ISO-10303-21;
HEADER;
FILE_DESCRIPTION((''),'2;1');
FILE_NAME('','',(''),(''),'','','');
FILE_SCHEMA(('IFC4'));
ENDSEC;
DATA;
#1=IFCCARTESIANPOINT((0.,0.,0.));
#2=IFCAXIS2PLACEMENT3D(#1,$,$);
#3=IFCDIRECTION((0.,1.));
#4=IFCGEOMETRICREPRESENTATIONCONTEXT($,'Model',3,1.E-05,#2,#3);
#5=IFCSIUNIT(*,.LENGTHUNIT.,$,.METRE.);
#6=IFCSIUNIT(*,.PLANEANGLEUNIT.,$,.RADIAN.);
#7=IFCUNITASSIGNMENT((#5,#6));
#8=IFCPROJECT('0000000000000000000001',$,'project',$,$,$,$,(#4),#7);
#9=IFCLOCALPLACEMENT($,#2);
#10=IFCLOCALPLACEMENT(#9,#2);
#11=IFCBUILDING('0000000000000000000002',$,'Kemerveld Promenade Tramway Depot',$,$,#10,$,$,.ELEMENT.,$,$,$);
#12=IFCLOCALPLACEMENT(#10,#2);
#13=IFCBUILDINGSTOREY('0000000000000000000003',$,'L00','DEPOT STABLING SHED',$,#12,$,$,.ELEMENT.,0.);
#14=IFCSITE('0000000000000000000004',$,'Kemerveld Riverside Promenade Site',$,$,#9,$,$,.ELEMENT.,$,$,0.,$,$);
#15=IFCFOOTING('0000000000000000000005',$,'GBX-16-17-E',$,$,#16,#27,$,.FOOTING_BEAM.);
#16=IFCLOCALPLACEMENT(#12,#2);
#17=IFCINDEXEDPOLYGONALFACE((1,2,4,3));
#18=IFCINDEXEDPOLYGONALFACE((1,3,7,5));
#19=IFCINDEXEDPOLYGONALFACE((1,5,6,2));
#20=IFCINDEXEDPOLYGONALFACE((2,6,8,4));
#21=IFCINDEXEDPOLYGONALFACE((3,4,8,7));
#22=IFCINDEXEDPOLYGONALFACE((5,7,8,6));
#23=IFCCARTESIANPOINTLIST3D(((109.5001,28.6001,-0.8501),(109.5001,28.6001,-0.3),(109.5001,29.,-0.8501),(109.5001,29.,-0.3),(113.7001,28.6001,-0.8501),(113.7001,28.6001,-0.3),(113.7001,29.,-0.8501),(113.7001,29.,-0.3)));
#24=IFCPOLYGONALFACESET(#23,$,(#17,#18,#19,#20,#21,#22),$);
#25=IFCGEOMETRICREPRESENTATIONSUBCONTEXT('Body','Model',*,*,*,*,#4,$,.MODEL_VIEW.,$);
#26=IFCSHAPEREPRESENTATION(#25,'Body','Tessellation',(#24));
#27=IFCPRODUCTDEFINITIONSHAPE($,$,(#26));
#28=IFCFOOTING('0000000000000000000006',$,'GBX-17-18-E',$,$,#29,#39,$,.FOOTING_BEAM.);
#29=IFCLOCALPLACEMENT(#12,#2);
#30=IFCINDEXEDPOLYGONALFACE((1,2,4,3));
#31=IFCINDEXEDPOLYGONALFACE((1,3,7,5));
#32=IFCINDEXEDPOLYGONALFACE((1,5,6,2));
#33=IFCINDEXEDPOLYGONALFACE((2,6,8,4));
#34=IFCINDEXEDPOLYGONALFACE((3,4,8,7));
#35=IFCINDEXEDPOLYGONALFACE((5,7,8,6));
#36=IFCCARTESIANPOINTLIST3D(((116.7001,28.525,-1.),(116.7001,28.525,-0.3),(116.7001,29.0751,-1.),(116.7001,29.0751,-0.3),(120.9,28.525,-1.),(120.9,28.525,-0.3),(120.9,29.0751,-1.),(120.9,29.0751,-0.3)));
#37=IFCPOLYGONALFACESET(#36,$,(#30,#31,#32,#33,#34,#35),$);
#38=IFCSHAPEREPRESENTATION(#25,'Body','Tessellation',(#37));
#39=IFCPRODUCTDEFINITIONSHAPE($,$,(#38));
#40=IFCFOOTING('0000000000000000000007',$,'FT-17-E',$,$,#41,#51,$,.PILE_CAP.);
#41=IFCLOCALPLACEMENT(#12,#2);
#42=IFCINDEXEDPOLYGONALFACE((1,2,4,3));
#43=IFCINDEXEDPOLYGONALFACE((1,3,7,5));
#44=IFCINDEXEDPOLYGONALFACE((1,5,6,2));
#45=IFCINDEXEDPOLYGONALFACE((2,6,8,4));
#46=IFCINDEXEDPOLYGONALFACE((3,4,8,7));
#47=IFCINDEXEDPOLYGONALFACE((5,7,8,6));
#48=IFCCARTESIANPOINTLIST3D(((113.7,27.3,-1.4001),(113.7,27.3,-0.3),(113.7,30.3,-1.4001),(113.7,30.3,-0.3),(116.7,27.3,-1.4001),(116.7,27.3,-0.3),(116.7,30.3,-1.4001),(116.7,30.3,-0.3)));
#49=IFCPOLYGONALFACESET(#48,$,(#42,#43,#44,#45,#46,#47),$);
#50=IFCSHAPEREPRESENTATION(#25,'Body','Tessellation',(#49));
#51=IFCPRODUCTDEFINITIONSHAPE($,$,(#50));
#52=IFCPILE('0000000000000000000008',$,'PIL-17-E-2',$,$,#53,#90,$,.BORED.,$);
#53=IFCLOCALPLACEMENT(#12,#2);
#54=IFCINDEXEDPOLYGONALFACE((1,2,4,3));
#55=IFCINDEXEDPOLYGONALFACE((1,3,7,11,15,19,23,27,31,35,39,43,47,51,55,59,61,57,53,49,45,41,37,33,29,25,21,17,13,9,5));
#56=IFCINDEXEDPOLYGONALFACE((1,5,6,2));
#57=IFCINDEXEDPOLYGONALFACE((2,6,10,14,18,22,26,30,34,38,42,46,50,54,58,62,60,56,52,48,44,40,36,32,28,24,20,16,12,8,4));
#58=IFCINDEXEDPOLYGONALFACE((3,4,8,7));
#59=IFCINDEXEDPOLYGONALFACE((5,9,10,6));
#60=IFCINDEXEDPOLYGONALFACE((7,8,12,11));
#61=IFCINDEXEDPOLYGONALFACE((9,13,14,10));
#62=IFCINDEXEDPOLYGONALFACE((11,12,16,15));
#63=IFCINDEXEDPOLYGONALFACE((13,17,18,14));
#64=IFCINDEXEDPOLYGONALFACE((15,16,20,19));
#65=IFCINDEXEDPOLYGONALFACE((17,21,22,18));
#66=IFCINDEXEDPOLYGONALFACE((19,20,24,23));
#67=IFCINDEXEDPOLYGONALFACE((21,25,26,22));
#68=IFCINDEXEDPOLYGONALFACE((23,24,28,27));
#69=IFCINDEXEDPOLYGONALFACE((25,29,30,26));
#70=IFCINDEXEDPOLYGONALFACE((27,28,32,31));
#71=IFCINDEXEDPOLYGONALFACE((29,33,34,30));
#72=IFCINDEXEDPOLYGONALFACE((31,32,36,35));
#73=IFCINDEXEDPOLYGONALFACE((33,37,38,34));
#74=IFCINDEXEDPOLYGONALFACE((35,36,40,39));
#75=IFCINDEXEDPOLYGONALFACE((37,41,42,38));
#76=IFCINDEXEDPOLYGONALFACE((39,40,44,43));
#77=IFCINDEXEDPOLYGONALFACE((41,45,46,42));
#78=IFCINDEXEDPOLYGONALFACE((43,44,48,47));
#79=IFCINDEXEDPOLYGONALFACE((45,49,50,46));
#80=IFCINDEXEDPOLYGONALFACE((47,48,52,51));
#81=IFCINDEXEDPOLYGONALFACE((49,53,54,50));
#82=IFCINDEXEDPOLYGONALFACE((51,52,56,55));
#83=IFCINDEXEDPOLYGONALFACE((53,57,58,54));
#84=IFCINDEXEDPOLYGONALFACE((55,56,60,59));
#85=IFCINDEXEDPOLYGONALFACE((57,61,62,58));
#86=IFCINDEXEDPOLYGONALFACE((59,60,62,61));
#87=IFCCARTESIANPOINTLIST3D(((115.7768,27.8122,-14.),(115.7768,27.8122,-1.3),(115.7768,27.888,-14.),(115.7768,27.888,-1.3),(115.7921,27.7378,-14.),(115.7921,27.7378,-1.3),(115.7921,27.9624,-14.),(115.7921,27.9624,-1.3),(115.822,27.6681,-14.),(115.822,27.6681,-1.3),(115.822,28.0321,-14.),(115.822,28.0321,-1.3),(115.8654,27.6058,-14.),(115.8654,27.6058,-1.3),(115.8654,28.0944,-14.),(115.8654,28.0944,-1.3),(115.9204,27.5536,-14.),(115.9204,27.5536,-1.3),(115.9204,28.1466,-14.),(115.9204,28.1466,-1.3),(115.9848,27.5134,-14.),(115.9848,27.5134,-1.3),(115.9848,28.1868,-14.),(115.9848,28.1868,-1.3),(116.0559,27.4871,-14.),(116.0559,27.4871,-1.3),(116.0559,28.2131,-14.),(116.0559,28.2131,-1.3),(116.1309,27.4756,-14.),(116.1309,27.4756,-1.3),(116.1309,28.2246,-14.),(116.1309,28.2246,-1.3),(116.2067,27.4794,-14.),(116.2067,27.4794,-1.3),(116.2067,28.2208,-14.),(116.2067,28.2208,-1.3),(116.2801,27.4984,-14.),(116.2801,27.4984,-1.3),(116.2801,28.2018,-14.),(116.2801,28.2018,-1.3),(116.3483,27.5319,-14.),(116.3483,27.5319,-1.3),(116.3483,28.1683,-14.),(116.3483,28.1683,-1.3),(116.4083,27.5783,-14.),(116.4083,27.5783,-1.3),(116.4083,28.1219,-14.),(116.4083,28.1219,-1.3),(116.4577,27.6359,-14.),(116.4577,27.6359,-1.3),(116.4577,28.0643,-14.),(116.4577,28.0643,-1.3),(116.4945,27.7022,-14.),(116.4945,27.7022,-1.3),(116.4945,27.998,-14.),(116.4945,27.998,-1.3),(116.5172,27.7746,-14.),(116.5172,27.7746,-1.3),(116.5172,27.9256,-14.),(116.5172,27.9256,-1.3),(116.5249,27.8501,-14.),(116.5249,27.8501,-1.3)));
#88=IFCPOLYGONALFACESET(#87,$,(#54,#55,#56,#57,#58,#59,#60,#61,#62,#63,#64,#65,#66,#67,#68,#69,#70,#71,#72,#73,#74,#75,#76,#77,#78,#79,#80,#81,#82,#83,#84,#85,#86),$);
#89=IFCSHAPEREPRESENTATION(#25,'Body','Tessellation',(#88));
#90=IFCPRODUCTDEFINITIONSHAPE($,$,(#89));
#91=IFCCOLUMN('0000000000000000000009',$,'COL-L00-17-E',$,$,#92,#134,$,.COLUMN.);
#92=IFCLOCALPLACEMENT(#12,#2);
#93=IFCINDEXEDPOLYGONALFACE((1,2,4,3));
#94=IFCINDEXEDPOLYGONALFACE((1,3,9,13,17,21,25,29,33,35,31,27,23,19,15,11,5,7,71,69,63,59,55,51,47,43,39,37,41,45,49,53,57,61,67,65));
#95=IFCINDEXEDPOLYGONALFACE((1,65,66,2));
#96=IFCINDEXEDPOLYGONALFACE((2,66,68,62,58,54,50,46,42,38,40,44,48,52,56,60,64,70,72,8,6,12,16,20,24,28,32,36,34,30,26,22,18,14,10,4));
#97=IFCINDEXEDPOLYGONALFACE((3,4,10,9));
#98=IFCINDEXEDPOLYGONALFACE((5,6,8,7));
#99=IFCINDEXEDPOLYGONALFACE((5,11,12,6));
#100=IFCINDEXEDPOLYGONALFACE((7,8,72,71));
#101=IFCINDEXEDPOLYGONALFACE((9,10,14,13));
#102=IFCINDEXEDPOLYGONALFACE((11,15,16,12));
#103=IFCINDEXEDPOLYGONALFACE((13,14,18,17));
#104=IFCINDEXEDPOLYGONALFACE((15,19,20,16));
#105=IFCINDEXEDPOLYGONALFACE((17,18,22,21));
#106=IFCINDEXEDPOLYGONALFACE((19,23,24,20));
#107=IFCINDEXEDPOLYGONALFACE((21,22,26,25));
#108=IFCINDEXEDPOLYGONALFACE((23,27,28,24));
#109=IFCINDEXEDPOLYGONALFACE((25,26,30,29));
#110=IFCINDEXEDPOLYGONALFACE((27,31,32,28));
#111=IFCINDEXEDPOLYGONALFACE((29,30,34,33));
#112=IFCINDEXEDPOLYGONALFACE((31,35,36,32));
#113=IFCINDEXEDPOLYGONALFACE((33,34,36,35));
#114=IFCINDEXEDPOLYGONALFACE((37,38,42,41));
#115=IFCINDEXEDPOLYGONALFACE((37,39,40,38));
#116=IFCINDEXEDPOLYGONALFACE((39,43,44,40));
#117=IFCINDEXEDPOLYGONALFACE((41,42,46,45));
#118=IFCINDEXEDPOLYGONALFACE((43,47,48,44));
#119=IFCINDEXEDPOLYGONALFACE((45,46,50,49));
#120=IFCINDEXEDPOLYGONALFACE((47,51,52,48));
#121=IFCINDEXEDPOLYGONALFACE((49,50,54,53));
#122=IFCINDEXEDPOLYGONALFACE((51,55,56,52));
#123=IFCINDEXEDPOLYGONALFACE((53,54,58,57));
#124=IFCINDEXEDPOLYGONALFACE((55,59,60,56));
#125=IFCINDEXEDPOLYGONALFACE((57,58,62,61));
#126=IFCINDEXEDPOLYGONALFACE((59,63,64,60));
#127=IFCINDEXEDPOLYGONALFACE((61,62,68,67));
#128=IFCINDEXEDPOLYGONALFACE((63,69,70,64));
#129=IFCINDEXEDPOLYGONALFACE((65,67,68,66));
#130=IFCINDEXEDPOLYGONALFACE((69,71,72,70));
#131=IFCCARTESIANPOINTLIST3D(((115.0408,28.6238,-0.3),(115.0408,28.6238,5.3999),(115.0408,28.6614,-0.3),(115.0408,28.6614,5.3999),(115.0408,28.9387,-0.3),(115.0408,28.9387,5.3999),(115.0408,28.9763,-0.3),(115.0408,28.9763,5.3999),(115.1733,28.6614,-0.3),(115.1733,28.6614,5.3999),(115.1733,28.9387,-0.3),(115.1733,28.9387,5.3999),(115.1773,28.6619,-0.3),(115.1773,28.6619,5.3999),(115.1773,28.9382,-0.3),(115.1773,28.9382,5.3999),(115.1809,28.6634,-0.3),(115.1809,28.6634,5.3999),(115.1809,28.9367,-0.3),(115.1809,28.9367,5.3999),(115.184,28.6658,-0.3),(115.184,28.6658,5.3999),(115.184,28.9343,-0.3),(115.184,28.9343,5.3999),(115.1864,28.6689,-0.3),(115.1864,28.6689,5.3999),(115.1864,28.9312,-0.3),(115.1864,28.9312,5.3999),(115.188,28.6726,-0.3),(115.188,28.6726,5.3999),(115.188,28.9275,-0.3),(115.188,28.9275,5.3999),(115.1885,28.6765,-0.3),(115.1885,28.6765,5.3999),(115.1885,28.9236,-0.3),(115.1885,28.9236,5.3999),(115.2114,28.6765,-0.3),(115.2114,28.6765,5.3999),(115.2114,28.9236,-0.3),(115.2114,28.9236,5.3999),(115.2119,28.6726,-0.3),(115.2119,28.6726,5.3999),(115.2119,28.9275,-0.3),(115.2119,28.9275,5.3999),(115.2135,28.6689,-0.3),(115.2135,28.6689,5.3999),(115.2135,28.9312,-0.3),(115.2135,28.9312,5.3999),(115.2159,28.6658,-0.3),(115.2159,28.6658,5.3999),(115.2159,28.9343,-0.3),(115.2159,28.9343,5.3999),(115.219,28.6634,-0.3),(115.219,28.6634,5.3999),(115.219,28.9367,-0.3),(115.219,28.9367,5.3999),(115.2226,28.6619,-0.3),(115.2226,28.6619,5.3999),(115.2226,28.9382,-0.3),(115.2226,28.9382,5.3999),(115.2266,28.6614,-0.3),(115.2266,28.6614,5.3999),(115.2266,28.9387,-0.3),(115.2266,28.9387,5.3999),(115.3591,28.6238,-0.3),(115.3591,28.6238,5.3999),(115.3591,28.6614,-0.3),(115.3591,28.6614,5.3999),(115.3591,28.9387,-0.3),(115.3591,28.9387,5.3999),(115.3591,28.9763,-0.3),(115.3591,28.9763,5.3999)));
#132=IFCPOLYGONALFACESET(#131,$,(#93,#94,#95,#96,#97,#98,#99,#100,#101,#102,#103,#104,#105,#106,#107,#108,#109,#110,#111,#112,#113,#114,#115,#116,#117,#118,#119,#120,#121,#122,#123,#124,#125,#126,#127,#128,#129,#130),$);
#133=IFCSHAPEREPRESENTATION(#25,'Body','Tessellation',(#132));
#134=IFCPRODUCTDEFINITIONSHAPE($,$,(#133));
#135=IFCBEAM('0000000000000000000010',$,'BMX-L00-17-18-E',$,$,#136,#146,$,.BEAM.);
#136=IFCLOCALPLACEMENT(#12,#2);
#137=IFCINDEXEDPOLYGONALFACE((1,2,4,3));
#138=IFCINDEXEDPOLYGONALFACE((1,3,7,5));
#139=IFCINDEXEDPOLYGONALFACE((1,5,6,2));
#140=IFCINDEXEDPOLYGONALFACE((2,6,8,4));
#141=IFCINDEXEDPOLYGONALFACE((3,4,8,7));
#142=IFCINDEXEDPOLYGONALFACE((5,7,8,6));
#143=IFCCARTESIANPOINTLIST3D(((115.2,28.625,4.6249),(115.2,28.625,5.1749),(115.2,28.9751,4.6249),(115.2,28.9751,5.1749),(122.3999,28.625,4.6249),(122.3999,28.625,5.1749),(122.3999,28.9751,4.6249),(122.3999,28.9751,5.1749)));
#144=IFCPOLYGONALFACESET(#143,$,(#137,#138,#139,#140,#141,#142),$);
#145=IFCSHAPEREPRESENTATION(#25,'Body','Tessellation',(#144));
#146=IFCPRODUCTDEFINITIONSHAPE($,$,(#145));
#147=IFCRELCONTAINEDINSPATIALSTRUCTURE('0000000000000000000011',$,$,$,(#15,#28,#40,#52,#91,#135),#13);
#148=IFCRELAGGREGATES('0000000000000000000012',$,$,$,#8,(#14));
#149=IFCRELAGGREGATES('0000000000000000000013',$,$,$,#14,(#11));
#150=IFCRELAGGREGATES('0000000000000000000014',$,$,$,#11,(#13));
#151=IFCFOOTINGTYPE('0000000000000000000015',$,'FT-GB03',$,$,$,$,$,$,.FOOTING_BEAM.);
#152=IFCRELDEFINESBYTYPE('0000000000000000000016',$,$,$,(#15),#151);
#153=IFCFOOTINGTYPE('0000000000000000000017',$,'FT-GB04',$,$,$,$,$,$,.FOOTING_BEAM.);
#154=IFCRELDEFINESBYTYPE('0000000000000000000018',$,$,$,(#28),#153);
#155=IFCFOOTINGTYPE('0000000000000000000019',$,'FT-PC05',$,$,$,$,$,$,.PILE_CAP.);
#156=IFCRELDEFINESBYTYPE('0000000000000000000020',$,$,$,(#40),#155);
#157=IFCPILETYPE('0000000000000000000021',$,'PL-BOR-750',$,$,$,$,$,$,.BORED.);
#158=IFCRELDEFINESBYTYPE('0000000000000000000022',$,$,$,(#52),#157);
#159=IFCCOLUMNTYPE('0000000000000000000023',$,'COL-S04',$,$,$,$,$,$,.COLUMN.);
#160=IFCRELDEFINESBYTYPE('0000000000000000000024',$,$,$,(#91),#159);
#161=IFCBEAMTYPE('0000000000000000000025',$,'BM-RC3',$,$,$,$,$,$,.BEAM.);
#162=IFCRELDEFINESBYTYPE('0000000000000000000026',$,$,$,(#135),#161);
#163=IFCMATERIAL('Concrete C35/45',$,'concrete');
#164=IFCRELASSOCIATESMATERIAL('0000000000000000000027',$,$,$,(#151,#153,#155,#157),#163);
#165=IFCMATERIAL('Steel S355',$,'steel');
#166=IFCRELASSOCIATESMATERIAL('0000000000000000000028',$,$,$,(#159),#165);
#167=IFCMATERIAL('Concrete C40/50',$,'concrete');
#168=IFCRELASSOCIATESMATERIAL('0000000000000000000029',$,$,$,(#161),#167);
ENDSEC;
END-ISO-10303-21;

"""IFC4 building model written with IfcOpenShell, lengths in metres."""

from ifc_helpers import new_model, si_unit, direction, frame, origin, origin_2d, place, context, subcontext, project, spatial, rectangle, circle, i_section, extrude, material, material_profile, profile_set, type_object, element, save


model = new_model("IFC4")

# Units and contexts
model_context = context("Model", 3, precision=1e-05, world=origin(), true_north=direction((0.0, 1.0)))
body_context = subcontext(model_context, "Body", "Model", "MODEL_VIEW")
ifc_project = project(units=[si_unit("LENGTHUNIT", "METRE"), si_unit("PLANEANGLEUNIT", "RADIAN")], contexts=[model_context])

# Site, building, storey
site_placement = place(None, origin())
site = spatial("IfcSite", under=ifc_project, at=site_placement, Name="Kemerveld Riverside Promenade Site", CompositionType="ELEMENT", RefElevation=0.0)
building_placement = place(site_placement, origin())
building = spatial("IfcBuilding", under=site, at=building_placement, Name="Kemerveld Promenade Tramway Depot", CompositionType="ELEMENT")
storey_placement = place(building_placement, origin())
storey = spatial("IfcBuildingStorey", under=building, at=storey_placement, Name="L00", Description="DEPOT STABLING SHED", CompositionType="ELEMENT", Elevation=0.0)

# Footings
ifc_material_1 = material(Name="Concrete C35/45", Category="concrete")
footing_type_1 = type_object("IfcFootingType", Name="FT-GB03", PredefinedType="FOOTING_BEAM", material=ifc_material_1)
footing_1_placement = place(storey_placement, frame((111.6001, 28.8, -0.8501), z_axis=(0.0, 0.0, 1.0), x_axis=(1.0, 0.0, 0.0)))
element("IfcFooting", 1, at=footing_1_placement, inside=storey, type_object=footing_type_1, Name="GBX-16-17-E", PredefinedType="FOOTING_BEAM", context=body_context, shape_type="SweptSolid", body=[
    extrude(rectangle(XDim=4.2, YDim=0.3999, at=origin_2d()), origin(), (0.0, 0.0, 1.0), 0.55),
])
footing_type_2 = type_object("IfcFootingType", Name="FT-GB04", PredefinedType="FOOTING_BEAM", material=ifc_material_1)
footing_2_placement = place(storey_placement, frame((118.8, 28.8, -1.0), z_axis=(0.0, 0.0, 1.0), x_axis=(1.0, 0.0, 0.0)))
element("IfcFooting", 2, at=footing_2_placement, inside=storey, type_object=footing_type_2, Name="GBX-17-18-E", PredefinedType="FOOTING_BEAM", context=body_context, shape_type="SweptSolid", body=[
    extrude(rectangle(XDim=4.2, YDim=0.55, at=origin_2d()), origin(), (0.0, 0.0, 1.0), 0.7),
])
footing_type_3 = type_object("IfcFootingType", Name="FT-PC05", PredefinedType="PILE_CAP", material=ifc_material_1)
footing_3_placement = place(storey_placement, frame((115.2, 28.8, -1.4001), z_axis=(0.0, 0.0, 1.0), x_axis=(1.0, 0.0, 0.0)))
element("IfcFooting", 3, at=footing_3_placement, inside=storey, type_object=footing_type_3, Name="FT-17-E", PredefinedType="PILE_CAP", context=body_context, shape_type="SweptSolid", body=[
    extrude(rectangle(XDim=3.0, YDim=3.0, at=origin_2d()), origin(), (0.0, 0.0, 1.0), 1.1001),
])

# Pile
ifc_material_profile_1 = material_profile(ifc_material_1, circle(Radius=0.375, at=origin_2d()), Name="PILE-D750")
ifc_profile_set_1 = profile_set([ifc_material_profile_1], Name="Concrete C35/45")
pile_type = type_object("IfcPileType", Name="PL-BOR-750", PredefinedType="BORED", material=ifc_profile_set_1)
pile_placement = place(storey_placement, frame((116.1499, 27.8501, -1.3), z_axis=(0.0, 0.0, -1.0), x_axis=(1.0, 0.0, 0.0)))
element("IfcPile", 4, at=pile_placement, inside=storey, type_object=pile_type, Name="PIL-17-E-2", PredefinedType="BORED", context=body_context, shape_type="SweptSolid", body=[
    extrude(circle(Radius=0.375, at=origin_2d()), origin(), (0.0, 0.0, 1.0), 12.7),
])

# Column
ifc_material_2 = material(Name="Steel S355", Category="steel")
ifc_material_profile_2 = material_profile(ifc_material_2, i_section(OverallWidth=0.3184, OverallDepth=0.3525, WebThickness=0.0229, FlangeThickness=0.0376, FilletRadius=0.0151, at=origin_2d()), Name="305x305x240 UC")
ifc_profile_set_2 = profile_set([ifc_material_profile_2], Name="Steel S355")
column_type = type_object("IfcColumnType", Name="COL-S04", PredefinedType="COLUMN", material=ifc_profile_set_2)
column_placement = place(storey_placement, frame((115.2, 28.8, -0.3), z_axis=(0.0, 0.0, 1.0), x_axis=(1.0, 0.0, 0.0)))
element("IfcColumn", 5, at=column_placement, inside=storey, type_object=column_type, Name="COL-L00-17-E", PredefinedType="COLUMN", context=body_context, shape_type="SweptSolid", body=[
    extrude(i_section(OverallWidth=0.3184, OverallDepth=0.3525, WebThickness=0.0229, FlangeThickness=0.0376, FilletRadius=0.0151, at=origin_2d()), origin(), (0.0, 0.0, 1.0), 5.7),
])

# Beam
ifc_material_3 = material(Name="Concrete C40/50", Category="concrete")
ifc_material_profile_3 = material_profile(ifc_material_3, rectangle(XDim=0.3501, YDim=0.55, at=origin_2d()), Name="RC-BM-350x550")
ifc_profile_set_3 = profile_set([ifc_material_profile_3], Name="Concrete C40/50")
beam_type = type_object("IfcBeamType", Name="BM-RC3", PredefinedType="BEAM", material=ifc_profile_set_3)
beam_placement = place(storey_placement, frame((115.2, 28.8, 4.8999), z_axis=(1.0, 0.0, 0.0), x_axis=(0.0, 1.0, 0.0)))
element("IfcBeam", 6, at=beam_placement, inside=storey, type_object=beam_type, Name="BMX-L00-17-18-E", PredefinedType="BEAM", context=body_context, shape_type="SweptSolid", body=[
    extrude(rectangle(XDim=0.3501, YDim=0.55, at=origin_2d()), origin(), (0.0, 0.0, 1.0), 7.2),
])

save(model, "model.ifc")
